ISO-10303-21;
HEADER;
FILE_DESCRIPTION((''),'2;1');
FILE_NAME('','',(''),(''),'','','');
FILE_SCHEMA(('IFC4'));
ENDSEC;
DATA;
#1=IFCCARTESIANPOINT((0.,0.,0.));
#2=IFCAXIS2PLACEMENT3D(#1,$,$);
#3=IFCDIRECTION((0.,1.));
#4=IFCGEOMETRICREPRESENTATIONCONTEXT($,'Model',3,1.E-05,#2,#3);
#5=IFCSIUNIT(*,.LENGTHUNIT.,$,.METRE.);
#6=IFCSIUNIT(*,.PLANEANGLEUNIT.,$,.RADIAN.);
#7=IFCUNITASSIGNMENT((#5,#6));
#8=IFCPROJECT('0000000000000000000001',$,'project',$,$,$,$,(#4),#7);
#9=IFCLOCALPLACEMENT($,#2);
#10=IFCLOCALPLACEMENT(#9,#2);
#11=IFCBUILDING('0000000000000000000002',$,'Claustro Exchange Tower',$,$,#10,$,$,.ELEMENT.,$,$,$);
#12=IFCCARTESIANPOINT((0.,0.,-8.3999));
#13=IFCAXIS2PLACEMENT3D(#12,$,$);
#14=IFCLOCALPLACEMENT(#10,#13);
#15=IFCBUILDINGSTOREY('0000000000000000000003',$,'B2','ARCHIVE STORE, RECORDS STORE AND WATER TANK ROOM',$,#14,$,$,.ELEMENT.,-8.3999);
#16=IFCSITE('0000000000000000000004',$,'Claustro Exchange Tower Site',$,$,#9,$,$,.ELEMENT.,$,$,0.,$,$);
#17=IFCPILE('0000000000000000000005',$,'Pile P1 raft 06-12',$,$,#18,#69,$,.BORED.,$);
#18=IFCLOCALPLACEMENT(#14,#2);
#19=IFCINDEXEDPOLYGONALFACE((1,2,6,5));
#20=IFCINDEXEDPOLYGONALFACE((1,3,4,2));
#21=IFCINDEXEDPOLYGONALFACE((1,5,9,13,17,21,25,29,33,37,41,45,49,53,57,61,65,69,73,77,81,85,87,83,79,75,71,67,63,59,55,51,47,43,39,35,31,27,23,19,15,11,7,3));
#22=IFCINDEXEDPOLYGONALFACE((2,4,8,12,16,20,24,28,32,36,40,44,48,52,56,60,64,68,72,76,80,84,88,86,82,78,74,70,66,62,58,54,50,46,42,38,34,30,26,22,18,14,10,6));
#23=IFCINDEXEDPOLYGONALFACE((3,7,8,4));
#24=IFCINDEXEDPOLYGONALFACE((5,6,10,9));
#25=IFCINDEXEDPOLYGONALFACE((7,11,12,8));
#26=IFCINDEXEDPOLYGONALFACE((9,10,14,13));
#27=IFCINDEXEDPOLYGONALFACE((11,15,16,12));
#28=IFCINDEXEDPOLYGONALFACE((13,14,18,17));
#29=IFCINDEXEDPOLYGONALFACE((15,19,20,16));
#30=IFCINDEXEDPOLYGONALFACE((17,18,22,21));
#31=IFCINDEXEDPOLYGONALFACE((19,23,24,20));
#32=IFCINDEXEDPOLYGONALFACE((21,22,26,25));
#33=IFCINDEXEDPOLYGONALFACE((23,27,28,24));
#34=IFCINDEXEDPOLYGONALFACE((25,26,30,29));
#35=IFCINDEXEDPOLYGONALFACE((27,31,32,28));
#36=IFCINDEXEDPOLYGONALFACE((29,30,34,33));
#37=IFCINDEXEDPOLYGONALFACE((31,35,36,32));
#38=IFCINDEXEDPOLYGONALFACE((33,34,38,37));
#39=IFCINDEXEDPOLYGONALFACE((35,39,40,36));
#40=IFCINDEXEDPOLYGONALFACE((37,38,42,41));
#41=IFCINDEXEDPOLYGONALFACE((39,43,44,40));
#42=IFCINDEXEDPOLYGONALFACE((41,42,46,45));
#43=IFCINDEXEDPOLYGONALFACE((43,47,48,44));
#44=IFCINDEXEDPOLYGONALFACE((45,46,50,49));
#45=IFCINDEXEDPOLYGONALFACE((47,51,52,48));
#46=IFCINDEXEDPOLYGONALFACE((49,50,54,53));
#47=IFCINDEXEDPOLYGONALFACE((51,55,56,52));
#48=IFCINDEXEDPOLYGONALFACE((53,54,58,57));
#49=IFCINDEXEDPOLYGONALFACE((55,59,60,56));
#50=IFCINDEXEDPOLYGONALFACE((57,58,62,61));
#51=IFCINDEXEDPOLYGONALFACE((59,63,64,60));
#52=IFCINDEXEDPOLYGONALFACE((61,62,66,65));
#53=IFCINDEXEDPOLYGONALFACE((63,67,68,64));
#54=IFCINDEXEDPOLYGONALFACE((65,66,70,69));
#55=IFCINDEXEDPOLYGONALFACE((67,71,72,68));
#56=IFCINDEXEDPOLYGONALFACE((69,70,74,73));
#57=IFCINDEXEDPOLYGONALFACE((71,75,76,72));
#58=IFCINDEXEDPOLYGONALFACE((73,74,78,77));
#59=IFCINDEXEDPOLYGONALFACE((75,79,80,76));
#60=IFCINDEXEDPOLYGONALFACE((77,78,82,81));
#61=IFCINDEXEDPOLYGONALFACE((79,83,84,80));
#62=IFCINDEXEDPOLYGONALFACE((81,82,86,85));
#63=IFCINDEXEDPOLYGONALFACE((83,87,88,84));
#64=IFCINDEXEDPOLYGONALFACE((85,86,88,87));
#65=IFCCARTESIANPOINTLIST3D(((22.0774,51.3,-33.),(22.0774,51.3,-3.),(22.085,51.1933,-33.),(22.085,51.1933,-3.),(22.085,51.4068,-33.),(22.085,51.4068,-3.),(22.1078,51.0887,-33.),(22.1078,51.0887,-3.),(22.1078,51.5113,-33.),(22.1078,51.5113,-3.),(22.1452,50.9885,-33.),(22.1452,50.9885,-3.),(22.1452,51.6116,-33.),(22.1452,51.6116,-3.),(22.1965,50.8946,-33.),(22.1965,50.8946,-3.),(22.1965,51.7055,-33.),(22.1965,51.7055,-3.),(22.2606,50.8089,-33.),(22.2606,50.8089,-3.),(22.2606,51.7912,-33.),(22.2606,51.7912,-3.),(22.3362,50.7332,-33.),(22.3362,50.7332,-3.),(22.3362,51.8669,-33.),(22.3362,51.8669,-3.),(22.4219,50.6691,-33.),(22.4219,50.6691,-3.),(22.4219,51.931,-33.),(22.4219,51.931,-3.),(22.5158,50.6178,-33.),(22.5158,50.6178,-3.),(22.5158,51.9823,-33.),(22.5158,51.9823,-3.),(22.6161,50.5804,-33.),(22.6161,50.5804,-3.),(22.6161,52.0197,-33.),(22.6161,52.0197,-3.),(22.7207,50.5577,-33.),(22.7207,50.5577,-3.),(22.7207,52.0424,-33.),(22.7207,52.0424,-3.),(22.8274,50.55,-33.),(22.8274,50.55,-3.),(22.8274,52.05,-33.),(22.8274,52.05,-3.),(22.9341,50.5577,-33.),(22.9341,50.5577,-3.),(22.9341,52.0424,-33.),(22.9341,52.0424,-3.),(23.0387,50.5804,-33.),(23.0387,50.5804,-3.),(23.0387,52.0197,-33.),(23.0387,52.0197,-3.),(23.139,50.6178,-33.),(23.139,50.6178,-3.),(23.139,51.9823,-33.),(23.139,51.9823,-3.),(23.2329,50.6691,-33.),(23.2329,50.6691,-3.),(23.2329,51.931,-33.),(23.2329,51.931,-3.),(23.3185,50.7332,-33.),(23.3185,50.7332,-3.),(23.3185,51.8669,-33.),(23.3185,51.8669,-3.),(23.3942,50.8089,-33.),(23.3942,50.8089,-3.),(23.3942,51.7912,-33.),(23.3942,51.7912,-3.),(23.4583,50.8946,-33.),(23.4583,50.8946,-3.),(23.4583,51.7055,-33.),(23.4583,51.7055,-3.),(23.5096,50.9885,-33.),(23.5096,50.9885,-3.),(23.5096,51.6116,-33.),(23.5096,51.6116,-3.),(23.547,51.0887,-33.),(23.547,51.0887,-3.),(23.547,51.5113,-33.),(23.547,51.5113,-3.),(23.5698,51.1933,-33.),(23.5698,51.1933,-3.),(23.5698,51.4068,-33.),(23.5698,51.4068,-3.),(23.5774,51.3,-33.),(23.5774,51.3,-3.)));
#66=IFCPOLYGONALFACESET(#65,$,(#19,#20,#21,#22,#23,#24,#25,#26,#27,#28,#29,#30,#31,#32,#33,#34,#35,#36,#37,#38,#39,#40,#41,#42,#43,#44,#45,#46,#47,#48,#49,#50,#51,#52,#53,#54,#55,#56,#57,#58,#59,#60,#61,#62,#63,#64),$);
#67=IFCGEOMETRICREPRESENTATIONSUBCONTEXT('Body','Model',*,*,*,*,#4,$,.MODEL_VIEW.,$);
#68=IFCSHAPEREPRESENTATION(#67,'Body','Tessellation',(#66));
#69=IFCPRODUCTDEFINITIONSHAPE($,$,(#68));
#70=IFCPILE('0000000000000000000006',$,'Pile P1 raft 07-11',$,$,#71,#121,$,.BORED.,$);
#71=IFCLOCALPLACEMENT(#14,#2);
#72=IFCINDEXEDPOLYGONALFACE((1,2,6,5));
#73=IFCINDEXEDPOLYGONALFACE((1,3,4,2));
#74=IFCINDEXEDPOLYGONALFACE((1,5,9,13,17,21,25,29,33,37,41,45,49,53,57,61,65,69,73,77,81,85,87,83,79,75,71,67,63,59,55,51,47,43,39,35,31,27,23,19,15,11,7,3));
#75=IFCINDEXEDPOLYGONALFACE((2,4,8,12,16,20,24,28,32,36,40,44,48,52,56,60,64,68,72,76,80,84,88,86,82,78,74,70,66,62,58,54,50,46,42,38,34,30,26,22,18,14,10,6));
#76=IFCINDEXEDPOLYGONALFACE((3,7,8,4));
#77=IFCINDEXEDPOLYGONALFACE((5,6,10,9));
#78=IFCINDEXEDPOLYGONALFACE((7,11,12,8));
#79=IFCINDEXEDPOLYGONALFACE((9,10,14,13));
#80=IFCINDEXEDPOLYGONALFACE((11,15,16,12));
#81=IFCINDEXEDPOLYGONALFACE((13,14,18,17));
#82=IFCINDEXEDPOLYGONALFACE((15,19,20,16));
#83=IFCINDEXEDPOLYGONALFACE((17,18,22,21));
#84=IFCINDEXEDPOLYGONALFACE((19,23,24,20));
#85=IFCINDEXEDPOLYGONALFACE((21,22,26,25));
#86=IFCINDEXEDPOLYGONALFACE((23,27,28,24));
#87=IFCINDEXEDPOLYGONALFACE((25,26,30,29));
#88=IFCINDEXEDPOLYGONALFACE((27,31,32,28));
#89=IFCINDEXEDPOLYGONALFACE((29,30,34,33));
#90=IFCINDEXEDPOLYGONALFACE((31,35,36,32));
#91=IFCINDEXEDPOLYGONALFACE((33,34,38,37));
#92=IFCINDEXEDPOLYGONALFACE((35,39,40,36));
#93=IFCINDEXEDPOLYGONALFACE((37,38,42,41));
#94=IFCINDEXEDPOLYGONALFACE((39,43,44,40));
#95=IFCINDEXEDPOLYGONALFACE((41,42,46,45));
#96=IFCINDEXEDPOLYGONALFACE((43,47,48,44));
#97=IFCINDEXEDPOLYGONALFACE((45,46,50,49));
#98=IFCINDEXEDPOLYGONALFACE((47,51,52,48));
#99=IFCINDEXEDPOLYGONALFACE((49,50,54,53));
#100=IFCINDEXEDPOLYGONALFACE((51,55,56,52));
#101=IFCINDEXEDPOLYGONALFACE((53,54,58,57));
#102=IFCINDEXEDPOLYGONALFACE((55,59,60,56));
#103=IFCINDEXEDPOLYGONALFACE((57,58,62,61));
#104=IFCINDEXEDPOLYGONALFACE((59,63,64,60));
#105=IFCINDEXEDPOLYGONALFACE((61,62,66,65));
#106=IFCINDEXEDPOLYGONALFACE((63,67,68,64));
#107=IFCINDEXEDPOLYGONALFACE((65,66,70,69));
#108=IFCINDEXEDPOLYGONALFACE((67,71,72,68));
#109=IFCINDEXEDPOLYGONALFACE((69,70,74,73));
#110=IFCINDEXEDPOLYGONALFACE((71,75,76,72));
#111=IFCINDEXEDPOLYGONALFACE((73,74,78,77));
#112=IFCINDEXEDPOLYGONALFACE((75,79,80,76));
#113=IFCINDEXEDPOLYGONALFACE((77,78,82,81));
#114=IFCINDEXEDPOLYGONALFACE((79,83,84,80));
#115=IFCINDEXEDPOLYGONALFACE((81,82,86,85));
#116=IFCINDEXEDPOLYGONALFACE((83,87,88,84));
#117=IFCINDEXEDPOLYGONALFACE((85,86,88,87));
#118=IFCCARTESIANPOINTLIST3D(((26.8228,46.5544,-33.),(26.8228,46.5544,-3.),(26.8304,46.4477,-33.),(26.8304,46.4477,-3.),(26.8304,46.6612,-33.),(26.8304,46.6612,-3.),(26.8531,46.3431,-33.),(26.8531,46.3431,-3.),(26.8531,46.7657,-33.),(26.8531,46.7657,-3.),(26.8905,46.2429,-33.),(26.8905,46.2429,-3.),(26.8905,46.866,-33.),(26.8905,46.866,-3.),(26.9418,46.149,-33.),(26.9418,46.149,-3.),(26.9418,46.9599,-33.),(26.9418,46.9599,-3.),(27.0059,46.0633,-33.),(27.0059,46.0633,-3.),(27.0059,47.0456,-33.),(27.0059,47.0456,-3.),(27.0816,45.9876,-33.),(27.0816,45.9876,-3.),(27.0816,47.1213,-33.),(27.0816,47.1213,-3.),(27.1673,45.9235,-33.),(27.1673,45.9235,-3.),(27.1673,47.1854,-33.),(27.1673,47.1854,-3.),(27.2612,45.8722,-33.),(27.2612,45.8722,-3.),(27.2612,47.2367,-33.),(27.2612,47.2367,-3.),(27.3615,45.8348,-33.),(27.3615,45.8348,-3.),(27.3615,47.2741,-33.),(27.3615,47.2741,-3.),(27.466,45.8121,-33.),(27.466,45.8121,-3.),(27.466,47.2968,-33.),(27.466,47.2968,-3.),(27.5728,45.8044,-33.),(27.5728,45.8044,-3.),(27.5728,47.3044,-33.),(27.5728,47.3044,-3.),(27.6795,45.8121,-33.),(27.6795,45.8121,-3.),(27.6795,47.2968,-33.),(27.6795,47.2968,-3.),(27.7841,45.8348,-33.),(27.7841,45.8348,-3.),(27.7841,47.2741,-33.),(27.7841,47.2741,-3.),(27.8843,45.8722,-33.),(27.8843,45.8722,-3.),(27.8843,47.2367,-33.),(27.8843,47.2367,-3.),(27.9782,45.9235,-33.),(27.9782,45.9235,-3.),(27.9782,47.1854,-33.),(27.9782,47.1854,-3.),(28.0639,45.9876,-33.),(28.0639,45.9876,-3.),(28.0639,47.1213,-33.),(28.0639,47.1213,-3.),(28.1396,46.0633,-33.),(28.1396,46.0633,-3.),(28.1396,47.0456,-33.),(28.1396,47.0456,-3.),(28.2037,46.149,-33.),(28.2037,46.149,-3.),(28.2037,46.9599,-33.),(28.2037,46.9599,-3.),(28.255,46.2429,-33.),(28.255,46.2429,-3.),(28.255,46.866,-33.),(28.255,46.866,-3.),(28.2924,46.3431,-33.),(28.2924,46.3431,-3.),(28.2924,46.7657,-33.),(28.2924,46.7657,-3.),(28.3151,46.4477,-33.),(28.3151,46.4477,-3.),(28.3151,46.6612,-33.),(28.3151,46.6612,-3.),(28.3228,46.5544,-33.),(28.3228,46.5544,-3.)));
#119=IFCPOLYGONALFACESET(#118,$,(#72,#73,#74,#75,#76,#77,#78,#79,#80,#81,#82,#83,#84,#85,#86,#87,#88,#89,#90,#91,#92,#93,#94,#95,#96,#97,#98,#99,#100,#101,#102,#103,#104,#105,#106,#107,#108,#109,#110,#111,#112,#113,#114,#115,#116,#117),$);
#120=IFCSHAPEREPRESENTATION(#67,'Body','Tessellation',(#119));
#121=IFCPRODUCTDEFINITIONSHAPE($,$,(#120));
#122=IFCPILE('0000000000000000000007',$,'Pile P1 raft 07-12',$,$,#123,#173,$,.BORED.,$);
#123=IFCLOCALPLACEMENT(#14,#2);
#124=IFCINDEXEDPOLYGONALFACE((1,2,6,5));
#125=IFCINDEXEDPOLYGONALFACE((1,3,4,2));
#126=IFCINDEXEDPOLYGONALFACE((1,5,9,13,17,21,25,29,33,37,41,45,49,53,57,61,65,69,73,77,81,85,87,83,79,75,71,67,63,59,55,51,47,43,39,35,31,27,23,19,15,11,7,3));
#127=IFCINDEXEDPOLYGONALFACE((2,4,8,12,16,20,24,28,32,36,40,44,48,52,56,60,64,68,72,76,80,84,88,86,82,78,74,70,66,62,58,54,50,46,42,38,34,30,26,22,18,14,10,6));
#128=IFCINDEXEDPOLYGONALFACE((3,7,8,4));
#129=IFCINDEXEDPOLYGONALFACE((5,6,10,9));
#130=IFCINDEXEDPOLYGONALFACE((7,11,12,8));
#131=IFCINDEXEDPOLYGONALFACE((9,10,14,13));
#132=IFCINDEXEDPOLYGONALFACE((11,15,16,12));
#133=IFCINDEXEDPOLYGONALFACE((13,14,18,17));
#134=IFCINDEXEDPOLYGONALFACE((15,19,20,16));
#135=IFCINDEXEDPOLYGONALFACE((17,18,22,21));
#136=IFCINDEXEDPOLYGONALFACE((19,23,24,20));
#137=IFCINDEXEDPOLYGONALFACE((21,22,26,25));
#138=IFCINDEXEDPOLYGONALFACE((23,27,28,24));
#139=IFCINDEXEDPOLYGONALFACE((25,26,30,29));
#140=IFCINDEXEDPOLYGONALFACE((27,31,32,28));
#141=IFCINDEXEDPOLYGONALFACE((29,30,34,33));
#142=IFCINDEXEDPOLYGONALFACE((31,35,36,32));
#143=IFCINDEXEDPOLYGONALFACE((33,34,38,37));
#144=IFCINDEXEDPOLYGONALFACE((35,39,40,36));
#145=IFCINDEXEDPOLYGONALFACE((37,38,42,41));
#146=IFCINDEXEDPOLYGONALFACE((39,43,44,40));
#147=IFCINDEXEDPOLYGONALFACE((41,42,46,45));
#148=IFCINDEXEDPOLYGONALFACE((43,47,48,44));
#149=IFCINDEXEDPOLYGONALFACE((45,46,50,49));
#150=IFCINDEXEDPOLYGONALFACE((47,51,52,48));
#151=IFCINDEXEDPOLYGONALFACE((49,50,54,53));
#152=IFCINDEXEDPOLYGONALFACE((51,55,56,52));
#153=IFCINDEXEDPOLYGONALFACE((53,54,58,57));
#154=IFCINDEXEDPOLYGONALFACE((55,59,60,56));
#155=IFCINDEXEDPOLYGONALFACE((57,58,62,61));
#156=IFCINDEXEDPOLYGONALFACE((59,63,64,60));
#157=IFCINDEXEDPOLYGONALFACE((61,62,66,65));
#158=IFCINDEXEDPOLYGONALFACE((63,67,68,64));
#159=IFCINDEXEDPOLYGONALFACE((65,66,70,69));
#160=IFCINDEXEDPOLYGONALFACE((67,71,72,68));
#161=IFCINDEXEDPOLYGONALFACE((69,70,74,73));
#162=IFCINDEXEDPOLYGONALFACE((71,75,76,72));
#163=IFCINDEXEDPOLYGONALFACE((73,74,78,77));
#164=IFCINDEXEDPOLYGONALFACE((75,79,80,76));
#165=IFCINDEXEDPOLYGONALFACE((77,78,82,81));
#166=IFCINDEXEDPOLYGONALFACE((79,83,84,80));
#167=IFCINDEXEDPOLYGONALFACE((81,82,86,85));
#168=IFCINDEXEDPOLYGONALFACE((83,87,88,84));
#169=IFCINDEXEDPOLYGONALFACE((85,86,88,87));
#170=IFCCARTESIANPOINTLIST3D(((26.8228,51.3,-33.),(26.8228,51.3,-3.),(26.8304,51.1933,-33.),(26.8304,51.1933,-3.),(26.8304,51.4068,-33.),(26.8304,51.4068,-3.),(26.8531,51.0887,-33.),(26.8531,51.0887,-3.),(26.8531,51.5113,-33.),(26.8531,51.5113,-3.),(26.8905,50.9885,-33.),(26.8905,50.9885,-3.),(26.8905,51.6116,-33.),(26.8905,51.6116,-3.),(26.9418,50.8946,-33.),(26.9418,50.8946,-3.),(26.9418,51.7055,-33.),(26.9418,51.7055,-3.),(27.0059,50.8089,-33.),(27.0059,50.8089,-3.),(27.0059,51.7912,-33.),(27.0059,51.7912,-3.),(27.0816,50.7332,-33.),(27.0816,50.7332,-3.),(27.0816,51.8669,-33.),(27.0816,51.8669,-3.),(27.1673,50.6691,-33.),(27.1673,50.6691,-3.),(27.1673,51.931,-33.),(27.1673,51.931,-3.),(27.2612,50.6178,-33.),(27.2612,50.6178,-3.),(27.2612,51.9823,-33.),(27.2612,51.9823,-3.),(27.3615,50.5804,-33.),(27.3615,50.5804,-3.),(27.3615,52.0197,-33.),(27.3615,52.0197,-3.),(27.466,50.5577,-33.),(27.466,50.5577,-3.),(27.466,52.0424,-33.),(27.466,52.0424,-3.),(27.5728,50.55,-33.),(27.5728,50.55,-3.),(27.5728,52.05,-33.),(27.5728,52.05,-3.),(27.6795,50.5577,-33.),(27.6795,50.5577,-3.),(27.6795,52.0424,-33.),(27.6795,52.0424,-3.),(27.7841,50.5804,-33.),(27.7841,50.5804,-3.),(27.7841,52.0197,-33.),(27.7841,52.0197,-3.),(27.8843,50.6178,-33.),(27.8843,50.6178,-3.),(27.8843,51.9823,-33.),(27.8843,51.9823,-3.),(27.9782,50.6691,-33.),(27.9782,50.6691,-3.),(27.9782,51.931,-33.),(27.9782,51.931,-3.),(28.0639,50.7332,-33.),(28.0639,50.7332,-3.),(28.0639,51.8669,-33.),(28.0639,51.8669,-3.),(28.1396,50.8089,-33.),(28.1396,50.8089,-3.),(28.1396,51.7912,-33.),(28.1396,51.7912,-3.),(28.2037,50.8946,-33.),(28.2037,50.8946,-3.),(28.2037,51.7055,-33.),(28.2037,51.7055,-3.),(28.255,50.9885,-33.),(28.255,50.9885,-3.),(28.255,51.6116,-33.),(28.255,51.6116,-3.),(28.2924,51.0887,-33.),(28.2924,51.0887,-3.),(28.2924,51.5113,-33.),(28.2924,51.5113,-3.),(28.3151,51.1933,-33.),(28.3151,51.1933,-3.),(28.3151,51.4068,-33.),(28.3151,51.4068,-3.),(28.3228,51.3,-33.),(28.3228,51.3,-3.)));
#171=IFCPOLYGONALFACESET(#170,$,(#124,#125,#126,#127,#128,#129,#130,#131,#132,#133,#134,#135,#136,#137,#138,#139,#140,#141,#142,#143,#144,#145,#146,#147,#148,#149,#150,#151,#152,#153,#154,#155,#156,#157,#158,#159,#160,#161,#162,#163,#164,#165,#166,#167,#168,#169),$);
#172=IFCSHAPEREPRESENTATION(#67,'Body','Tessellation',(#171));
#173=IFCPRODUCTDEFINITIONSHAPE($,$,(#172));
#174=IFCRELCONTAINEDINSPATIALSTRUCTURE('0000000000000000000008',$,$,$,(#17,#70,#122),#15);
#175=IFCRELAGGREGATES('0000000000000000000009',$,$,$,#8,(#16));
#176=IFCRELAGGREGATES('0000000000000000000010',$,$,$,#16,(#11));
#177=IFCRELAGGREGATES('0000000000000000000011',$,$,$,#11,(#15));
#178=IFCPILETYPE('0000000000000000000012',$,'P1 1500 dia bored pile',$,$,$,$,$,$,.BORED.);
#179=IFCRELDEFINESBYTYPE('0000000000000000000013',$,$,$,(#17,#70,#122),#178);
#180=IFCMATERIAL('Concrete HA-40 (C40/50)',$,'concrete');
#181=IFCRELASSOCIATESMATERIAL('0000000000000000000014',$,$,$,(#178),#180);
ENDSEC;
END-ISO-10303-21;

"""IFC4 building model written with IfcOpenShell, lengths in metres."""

from ifc_helpers import new_model, si_unit, direction, frame, origin, origin_2d, place, context, subcontext, project, spatial, circle, extrude, material, type_object, element, save


model = new_model("IFC4")

# Units and contexts
model_context = context("Model", 3, precision=1e-05, world=origin(), true_north=direction((0.0, 1.0)))
body_context = subcontext(model_context, "Body", "Model", "MODEL_VIEW")
ifc_project = project(units=[si_unit("LENGTHUNIT", "METRE"), si_unit("PLANEANGLEUNIT", "RADIAN")], contexts=[model_context])

# Site, building, storey
site_placement = place(None, origin())
site = spatial("IfcSite", under=ifc_project, at=site_placement, Name="Claustro Exchange Tower Site", CompositionType="ELEMENT", RefElevation=0.0)
building_placement = place(site_placement, origin())
building = spatial("IfcBuilding", under=site, at=building_placement, Name="Claustro Exchange Tower", CompositionType="ELEMENT")
storey_placement = place(building_placement, frame((0.0, 0.0, -8.3999)))
storey = spatial("IfcBuildingStorey", under=building, at=storey_placement, Name="B2", Description="ARCHIVE STORE, RECORDS STORE AND WATER TANK ROOM", CompositionType="ELEMENT", Elevation=-8.3999)

# Piles
ifc_material_1 = material(Name="Concrete HA-40 (C40/50)", Category="concrete")
pile_type_1 = type_object("IfcPileType", Name="P1 1500 dia bored pile", PredefinedType="BORED", material=ifc_material_1)
for number, where, z_axis, x_axis, name in (
    (1, (22.8274, 51.3, -3.0), (0.0, 0.0, -1.0), (1.0, 0.0, 0.0), "Pile P1 raft 06-12"),
    (2, (27.5728, 46.5544, -3.0), (0.0, 0.0, -1.0), (1.0, 0.0, 0.0), "Pile P1 raft 07-11"),
    (3, (27.5728, 51.3, -3.0), (0.0, 0.0, -1.0), (1.0, 0.0, 0.0), "Pile P1 raft 07-12"),
):
    element("IfcPile", number, at=place(storey_placement, frame(where, z_axis=z_axis, x_axis=x_axis)), inside=storey, type_object=pile_type_1, Name=name, PredefinedType="BORED", context=body_context, shape_type="SweptSolid", body=[
        extrude(circle(Radius=0.75, at=origin_2d()), origin(), (0.0, 0.0, 1.0), 30.0),
    ])

save(model, "model.ifc")
